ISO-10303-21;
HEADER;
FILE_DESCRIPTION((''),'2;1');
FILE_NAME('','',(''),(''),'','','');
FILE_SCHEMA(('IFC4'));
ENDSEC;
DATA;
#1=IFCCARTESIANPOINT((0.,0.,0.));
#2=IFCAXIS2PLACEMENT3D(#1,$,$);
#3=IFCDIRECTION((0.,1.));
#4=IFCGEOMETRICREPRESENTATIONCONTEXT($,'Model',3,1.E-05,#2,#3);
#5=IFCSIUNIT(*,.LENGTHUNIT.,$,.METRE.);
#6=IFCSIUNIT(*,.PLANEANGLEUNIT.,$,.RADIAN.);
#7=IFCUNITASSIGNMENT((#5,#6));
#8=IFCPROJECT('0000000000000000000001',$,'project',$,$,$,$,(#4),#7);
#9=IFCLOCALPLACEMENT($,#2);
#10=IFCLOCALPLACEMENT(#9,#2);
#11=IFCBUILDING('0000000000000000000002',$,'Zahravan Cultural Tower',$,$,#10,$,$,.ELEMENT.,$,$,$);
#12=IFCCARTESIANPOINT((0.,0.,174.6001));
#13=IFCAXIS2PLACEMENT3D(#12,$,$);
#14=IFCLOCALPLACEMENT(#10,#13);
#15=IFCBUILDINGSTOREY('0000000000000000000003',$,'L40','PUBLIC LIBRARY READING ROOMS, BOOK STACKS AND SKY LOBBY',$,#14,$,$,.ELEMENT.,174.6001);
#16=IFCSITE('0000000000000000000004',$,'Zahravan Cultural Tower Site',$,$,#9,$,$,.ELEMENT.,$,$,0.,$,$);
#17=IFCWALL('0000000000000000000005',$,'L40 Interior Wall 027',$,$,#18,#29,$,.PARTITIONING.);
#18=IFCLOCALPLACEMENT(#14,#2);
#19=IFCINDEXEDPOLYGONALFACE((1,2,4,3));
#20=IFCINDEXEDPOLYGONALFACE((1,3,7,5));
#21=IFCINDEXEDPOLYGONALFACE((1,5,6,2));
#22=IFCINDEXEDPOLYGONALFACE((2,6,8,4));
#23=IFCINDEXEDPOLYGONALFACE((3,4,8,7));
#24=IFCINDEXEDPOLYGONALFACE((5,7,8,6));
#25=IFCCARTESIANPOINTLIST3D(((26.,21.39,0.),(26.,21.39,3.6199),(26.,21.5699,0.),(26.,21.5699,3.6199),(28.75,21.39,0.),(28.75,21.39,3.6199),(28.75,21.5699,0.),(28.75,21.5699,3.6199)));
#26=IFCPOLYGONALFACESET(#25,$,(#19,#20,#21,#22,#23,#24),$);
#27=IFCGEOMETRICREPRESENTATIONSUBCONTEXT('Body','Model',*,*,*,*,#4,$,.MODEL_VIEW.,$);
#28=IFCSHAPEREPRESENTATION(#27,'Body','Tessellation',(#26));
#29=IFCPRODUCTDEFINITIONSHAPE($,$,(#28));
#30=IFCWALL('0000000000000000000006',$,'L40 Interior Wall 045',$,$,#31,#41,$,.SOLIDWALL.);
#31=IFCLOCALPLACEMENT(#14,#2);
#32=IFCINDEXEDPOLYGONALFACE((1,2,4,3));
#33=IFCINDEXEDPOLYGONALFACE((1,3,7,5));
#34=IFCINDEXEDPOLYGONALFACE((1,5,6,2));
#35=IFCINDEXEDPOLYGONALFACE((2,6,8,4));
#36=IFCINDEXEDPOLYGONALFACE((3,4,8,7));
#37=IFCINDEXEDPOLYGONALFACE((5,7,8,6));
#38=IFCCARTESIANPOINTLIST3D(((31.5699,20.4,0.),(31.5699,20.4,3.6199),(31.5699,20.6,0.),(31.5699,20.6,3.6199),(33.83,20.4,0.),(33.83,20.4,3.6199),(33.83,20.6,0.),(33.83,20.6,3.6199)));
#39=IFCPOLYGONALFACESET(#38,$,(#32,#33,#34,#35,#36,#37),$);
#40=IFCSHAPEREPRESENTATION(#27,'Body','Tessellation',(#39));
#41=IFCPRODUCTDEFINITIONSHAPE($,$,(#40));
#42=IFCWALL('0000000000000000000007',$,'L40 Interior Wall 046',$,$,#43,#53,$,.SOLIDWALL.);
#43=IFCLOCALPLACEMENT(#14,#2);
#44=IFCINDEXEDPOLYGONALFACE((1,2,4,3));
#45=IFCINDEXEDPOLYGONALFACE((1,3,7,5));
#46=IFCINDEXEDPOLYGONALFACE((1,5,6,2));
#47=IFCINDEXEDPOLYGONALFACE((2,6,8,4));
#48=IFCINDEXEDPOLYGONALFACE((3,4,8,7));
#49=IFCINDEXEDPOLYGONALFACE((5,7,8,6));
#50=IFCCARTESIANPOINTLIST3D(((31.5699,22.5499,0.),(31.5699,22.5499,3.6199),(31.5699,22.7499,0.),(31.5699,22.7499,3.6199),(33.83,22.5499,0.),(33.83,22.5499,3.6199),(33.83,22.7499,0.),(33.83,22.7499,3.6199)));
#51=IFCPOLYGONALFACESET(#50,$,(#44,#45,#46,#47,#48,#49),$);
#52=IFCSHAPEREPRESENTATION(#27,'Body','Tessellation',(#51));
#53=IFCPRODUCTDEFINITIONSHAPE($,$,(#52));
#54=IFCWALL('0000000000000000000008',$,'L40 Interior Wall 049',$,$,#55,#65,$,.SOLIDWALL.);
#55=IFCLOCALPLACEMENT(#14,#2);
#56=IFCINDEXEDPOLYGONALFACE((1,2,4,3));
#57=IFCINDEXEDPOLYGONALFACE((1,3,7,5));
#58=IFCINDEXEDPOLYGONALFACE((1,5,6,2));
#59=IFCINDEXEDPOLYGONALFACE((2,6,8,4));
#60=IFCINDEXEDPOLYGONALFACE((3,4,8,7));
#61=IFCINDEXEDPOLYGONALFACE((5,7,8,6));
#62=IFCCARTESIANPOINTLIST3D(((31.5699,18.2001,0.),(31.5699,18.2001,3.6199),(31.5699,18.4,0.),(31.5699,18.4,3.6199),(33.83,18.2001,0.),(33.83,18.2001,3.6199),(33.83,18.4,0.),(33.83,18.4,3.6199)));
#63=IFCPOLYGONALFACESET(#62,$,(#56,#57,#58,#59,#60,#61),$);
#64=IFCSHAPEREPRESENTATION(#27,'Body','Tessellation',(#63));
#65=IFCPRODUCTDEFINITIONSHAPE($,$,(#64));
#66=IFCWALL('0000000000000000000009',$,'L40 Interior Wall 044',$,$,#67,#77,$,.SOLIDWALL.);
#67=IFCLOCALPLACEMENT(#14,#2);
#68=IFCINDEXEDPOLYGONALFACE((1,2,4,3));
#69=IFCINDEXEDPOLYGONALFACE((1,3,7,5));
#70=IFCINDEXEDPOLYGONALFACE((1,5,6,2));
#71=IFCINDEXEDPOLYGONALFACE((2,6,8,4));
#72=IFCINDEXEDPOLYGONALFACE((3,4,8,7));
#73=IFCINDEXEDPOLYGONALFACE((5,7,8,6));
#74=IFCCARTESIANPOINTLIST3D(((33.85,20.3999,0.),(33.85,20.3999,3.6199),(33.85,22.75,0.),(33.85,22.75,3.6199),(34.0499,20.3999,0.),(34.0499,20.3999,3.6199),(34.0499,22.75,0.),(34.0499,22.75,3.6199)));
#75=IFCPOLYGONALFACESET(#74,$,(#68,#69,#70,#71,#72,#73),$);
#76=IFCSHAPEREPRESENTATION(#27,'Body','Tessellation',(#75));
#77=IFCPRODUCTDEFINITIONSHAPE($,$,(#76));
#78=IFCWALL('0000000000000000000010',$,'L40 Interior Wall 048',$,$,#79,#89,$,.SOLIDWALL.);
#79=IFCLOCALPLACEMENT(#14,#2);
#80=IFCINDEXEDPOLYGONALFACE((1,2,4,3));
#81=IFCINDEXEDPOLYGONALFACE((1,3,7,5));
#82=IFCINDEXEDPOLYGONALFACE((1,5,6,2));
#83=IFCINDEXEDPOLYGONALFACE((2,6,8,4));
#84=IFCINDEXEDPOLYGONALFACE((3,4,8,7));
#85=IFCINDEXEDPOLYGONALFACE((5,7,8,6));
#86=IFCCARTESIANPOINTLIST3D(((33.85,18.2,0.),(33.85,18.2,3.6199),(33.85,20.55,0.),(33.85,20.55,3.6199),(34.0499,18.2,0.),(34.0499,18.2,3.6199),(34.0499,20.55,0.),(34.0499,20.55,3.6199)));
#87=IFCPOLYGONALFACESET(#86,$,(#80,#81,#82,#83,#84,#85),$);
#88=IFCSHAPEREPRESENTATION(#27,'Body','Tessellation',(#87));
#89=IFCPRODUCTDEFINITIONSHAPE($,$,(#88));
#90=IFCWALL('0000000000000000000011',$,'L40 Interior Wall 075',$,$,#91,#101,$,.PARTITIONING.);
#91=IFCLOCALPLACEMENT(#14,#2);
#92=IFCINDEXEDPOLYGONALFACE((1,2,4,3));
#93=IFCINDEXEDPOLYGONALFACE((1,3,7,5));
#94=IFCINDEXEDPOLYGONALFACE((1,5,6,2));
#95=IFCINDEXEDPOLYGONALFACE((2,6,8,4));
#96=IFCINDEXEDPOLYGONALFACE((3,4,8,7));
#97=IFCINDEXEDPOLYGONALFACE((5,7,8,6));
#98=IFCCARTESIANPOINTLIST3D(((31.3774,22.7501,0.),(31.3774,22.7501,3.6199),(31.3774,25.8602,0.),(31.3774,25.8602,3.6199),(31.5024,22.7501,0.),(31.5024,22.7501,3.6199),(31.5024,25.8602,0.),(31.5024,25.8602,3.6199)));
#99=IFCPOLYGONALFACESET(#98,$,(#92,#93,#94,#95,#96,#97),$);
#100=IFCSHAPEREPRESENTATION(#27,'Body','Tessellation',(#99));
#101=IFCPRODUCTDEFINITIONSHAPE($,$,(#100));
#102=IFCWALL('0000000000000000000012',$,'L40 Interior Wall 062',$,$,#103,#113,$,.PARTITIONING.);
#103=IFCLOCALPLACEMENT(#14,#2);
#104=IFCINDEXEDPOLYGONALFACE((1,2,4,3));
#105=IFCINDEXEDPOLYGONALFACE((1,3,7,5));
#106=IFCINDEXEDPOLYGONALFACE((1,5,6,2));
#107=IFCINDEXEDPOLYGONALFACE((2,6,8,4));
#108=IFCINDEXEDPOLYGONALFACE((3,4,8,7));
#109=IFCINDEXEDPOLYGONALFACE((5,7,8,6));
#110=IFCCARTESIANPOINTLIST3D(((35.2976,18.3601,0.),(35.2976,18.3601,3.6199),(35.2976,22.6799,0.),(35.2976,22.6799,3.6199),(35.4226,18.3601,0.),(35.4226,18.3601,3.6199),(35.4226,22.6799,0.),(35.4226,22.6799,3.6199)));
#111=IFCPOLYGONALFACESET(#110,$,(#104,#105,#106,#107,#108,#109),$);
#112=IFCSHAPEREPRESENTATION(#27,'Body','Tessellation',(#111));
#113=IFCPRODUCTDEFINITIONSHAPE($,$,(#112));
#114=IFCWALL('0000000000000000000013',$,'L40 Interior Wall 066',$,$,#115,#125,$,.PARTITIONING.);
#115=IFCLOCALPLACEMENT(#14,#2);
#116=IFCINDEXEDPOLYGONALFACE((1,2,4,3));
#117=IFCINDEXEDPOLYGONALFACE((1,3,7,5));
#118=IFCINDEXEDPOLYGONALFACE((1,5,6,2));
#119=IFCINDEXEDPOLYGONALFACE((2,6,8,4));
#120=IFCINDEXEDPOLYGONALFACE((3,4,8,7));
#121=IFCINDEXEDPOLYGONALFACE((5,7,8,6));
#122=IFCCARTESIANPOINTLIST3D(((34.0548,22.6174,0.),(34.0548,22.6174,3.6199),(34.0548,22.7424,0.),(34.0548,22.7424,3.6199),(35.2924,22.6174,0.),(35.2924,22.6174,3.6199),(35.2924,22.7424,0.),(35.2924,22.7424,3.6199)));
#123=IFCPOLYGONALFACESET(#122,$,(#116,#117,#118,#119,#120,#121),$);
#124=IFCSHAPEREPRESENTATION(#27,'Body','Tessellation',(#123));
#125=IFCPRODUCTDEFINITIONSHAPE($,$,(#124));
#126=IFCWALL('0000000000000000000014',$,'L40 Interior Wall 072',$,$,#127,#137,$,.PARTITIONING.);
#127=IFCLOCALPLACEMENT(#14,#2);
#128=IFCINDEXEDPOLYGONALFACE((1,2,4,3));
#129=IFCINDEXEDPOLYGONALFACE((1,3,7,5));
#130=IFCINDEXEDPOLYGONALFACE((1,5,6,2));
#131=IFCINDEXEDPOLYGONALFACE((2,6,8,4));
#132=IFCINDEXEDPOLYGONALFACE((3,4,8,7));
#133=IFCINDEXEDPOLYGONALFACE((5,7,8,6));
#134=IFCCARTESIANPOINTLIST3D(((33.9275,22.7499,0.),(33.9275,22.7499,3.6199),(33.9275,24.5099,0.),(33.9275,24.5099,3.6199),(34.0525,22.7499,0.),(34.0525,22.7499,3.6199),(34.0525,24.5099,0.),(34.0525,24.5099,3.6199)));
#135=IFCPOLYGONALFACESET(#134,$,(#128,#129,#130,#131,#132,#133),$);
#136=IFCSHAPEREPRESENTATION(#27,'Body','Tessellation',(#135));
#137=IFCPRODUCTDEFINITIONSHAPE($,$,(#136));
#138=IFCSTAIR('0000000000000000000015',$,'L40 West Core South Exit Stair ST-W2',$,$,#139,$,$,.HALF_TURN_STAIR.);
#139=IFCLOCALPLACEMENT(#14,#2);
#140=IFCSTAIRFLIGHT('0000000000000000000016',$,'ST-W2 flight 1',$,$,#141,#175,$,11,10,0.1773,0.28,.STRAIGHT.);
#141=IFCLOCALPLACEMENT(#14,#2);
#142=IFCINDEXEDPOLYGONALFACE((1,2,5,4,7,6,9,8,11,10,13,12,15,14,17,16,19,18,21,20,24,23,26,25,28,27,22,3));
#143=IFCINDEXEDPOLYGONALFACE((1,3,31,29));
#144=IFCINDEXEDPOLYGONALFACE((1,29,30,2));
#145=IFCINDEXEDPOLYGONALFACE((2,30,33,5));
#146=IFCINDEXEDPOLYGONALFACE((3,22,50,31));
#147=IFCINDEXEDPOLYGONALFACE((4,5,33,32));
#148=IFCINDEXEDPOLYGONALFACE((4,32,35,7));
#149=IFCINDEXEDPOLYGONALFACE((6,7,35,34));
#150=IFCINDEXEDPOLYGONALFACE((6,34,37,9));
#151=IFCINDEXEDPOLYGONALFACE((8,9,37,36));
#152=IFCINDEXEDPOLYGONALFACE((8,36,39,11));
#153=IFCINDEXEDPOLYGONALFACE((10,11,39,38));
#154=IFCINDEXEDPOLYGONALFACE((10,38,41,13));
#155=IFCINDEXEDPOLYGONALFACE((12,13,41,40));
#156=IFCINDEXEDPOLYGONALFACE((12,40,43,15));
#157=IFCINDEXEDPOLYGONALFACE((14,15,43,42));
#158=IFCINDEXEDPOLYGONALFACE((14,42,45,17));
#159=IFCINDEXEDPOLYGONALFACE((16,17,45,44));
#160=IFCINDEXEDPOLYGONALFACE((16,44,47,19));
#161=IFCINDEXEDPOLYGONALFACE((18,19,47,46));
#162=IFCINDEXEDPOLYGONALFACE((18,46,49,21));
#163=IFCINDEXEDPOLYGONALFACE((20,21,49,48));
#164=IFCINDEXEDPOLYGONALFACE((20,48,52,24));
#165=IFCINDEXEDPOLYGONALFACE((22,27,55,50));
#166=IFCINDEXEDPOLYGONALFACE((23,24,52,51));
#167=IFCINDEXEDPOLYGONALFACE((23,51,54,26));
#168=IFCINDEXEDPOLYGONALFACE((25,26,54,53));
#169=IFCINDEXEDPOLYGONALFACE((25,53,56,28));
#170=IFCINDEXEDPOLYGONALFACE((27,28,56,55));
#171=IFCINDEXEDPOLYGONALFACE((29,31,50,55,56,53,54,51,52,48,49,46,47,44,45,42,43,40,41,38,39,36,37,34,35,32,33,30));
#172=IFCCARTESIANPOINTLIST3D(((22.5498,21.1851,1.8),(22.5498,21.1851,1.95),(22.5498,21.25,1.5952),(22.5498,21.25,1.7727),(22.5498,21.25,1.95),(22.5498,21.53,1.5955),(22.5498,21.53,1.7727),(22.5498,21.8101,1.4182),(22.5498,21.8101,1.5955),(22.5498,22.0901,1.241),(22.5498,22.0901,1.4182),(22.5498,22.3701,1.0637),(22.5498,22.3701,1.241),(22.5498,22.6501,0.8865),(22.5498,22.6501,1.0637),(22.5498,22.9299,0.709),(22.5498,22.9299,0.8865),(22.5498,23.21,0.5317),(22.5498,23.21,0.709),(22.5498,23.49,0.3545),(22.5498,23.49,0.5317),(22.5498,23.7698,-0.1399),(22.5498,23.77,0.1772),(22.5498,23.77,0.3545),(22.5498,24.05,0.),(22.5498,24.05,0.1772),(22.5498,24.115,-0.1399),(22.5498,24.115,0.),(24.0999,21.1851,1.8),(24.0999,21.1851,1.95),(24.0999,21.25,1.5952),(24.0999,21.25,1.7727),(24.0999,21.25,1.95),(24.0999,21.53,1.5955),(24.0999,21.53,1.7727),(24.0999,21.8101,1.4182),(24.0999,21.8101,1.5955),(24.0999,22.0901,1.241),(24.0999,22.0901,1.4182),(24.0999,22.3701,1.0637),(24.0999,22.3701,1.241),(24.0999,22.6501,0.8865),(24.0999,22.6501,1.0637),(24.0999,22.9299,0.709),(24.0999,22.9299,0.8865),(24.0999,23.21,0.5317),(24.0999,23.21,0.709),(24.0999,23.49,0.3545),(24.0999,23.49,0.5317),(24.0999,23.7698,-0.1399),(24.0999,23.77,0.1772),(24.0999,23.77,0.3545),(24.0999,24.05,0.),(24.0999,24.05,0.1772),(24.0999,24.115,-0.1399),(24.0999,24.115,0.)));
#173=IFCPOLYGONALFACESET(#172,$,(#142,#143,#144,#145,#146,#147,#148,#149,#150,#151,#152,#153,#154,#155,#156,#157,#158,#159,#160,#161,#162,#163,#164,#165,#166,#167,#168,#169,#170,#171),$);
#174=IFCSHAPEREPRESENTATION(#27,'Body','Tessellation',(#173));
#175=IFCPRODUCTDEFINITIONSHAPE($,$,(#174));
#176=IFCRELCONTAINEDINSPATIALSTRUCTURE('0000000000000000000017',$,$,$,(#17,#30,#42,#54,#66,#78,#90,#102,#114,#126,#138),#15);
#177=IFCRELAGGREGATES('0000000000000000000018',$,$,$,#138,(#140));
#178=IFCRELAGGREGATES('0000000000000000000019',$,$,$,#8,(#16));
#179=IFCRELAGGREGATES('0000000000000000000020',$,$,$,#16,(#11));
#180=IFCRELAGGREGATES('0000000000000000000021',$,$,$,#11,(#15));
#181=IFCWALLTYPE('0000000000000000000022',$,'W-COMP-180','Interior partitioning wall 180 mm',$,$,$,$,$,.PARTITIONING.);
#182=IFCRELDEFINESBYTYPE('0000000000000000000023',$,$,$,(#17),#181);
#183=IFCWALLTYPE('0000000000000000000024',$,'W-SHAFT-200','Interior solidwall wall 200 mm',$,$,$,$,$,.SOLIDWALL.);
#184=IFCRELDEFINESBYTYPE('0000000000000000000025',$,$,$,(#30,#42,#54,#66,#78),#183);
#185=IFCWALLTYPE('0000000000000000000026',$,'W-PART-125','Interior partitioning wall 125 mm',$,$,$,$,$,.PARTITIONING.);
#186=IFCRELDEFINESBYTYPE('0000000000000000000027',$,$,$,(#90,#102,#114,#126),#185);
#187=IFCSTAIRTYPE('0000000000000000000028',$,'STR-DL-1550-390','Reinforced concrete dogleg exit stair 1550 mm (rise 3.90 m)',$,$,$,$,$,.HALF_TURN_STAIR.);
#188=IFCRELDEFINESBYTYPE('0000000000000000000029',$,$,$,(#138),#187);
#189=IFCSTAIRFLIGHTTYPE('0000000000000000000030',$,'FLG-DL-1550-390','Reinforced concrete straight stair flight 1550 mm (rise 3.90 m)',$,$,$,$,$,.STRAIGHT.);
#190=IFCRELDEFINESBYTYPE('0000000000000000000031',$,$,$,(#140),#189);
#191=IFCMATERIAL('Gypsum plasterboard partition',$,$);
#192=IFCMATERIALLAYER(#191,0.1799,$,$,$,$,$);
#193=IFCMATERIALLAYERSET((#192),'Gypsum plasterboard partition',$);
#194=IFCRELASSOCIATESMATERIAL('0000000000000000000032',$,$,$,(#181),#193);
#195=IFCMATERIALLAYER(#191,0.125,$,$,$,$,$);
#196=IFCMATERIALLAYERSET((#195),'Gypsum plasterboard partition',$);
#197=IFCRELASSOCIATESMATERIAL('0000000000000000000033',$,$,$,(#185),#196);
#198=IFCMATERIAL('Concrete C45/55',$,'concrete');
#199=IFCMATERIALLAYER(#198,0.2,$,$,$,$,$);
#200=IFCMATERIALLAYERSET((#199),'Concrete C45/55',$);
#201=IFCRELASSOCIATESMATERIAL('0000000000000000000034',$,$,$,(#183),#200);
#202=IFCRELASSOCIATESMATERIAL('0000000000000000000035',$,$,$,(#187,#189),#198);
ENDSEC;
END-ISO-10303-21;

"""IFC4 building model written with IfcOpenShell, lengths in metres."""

from ifc_helpers import new_model, si_unit, direction, frame, frame_2d, origin, place, context, subcontext, project, spatial, polyline, rectangle, outline, extrude, source, transform, mapped, material, layer, layer_set, type_object, element, aggregate, save


model = new_model("IFC4")

# Units and contexts
model_context = context("Model", 3, precision=1e-05, world=origin(), true_north=direction((0.0, 1.0)))
body_context = subcontext(model_context, "Body", "Model", "MODEL_VIEW")
ifc_project = project(units=[si_unit("LENGTHUNIT", "METRE"), si_unit("PLANEANGLEUNIT", "RADIAN")], contexts=[model_context])

# Site, building, storey
site_placement = place(None, origin())
site = spatial("IfcSite", under=ifc_project, at=site_placement, Name="Zahravan Cultural Tower Site", CompositionType="ELEMENT", RefElevation=0.0)
building_placement = place(site_placement, origin())
building = spatial("IfcBuilding", under=site, at=building_placement, Name="Zahravan Cultural Tower", CompositionType="ELEMENT")
storey_placement = place(building_placement, frame((0.0, 0.0, 174.6001)))
storey = spatial("IfcBuildingStorey", under=building, at=storey_placement, Name="L40", Description="PUBLIC LIBRARY READING ROOMS, BOOK STACKS AND SKY LOBBY", CompositionType="ELEMENT", Elevation=174.6001)

# Shared definitions
ifc_material_1 = material(Name="Gypsum plasterboard partition")
ifc_layer_1 = layer(ifc_material_1, 0.1799)
ifc_layer_set_1 = layer_set([ifc_layer_1], Name="Gypsum plasterboard partition")
wall_type_1 = type_object("IfcWallType", Name="W-COMP-180", Description="Interior partitioning wall 180 mm", PredefinedType="PARTITIONING", material=ifc_layer_set_1)
ifc_layer_2 = layer(ifc_material_1, 0.125)
ifc_layer_set_2 = layer_set([ifc_layer_2], Name="Gypsum plasterboard partition")
wall_type_2 = type_object("IfcWallType", Name="W-PART-125", Description="Interior partitioning wall 125 mm", PredefinedType="PARTITIONING", material=ifc_layer_set_2)
ifc_material_2 = material(Name="Concrete C45/55", Category="concrete")
ifc_layer_3 = layer(ifc_material_2, 0.2)
ifc_layer_set_3 = layer_set([ifc_layer_3], Name="Concrete C45/55")
wall_type_3 = type_object("IfcWallType", Name="W-SHAFT-200", Description="Interior solidwall wall 200 mm", PredefinedType="SOLIDWALL", material=ifc_layer_set_3)

# Walls
shared_shape_1 = source(origin(), body_context, "Body", "SweptSolid", [
    extrude(rectangle(XDim=2.75, YDim=0.1799, at=frame_2d((1.375, 0.0))), origin(), (0.0, 0.0, 1.0), 3.6199),
])
wall_1_placement = place(storey_placement, frame((26.0, 21.48, 0.0), z_axis=(0.0, 0.0, 1.0), x_axis=(1.0, 0.0, 0.0)))
element("IfcWall", 1, at=wall_1_placement, inside=storey, type_object=wall_type_1, Name="L40 Interior Wall 027", PredefinedType="PARTITIONING", context=body_context, shape_type="MappedRepresentation", body=[
    mapped(shared_shape_1, transform((0.0, 0.0, 0.0), x_axis=(1.0, 0.0, 0.0), y_axis=(0.0, 1.0, 0.0), z_axis=(0.0, 0.0, 1.0), scale=1.0)),
])
shared_shape_2 = source(origin(), body_context, "Body", "SweptSolid", [
    extrude(rectangle(XDim=2.26, YDim=0.2, at=frame_2d((1.1299, 0.0))), origin(), (0.0, 0.0, 1.0), 3.6199),
])
for number, where, z_axis, x_axis, name in (
    (2, (31.5701, 20.5, 0.0), (0.0, 0.0, 1.0), (1.0, 0.0, 0.0), "L40 Interior Wall 045"),
    (3, (31.5701, 22.6499, 0.0), (0.0, 0.0, 1.0), (1.0, 0.0, 0.0), "L40 Interior Wall 046"),
    (4, (31.5701, 18.3, 0.0), (0.0, 0.0, 1.0), (1.0, 0.0, 0.0), "L40 Interior Wall 049"),
):
    element("IfcWall", number, at=place(storey_placement, frame(where, z_axis=z_axis, x_axis=x_axis)), inside=storey, type_object=wall_type_3, Name=name, PredefinedType="SOLIDWALL", context=body_context, shape_type="MappedRepresentation", body=[
        mapped(shared_shape_2, transform((0.0, 0.0, 0.0), x_axis=(1.0, 0.0, 0.0), y_axis=(0.0, 1.0, 0.0), z_axis=(0.0, 0.0, 1.0), scale=1.0)),
    ])
shared_shape_3 = source(origin(), body_context, "Body", "SweptSolid", [
    extrude(rectangle(XDim=2.3501, YDim=0.2, at=frame_2d((1.175, 0.0))), origin(), (0.0, 0.0, 1.0), 3.6199),
])
for number, where, z_axis, x_axis, name in (
    (5, (33.95, 20.3999, 0.0), (0.0, 0.0, 1.0), (0.0, 1.0, 0.0), "L40 Interior Wall 044"),
    (6, (33.95, 18.2, 0.0), (0.0, 0.0, 1.0), (0.0, 1.0, 0.0), "L40 Interior Wall 048"),
):
    element("IfcWall", number, at=place(storey_placement, frame(where, z_axis=z_axis, x_axis=x_axis)), inside=storey, type_object=wall_type_3, Name=name, PredefinedType="SOLIDWALL", context=body_context, shape_type="MappedRepresentation", body=[
        mapped(shared_shape_3, transform((0.0, 0.0, 0.0), x_axis=(1.0, 0.0, 0.0), y_axis=(0.0, 1.0, 0.0), z_axis=(0.0, 0.0, 1.0), scale=1.0)),
    ])
shared_shape_4 = source(origin(), body_context, "Body", "SweptSolid", [
    extrude(rectangle(XDim=3.1101, YDim=0.125, at=frame_2d((1.5552, 0.0))), origin(), (0.0, 0.0, 1.0), 3.6199),
])
wall_2_placement = place(storey_placement, frame((31.4399, 22.75, 0.0), z_axis=(0.0, 0.0, 1.0), x_axis=(0.0, 1.0, 0.0)))
element("IfcWall", 7, at=wall_2_placement, inside=storey, type_object=wall_type_2, Name="L40 Interior Wall 075", PredefinedType="PARTITIONING", context=body_context, shape_type="MappedRepresentation", body=[
    mapped(shared_shape_4, transform((0.0, 0.0, 0.0), x_axis=(1.0, 0.0, 0.0), y_axis=(0.0, 1.0, 0.0), z_axis=(0.0, 0.0, 1.0), scale=1.0)),
])
shared_shape_5 = source(origin(), body_context, "Body", "SweptSolid", [
    extrude(rectangle(XDim=4.3198, YDim=0.125, at=frame_2d((2.1599, 0.0))), origin(), (0.0, 0.0, 1.0), 3.6199),
])
wall_3_placement = place(storey_placement, frame((35.3601, 18.3601, 0.0), z_axis=(0.0, 0.0, 1.0), x_axis=(0.0, 1.0, 0.0)))
element("IfcWall", 8, at=wall_3_placement, inside=storey, type_object=wall_type_2, Name="L40 Interior Wall 062", PredefinedType="PARTITIONING", context=body_context, shape_type="MappedRepresentation", body=[
    mapped(shared_shape_5, transform((0.0, 0.0, 0.0), x_axis=(1.0, 0.0, 0.0), y_axis=(0.0, 1.0, 0.0), z_axis=(0.0, 0.0, 1.0), scale=1.0)),
])
shared_shape_6 = source(origin(), body_context, "Body", "SweptSolid", [
    extrude(rectangle(XDim=1.2375, YDim=0.125, at=frame_2d((0.6187, 0.0))), origin(), (0.0, 0.0, 1.0), 3.6199),
])
wall_4_placement = place(storey_placement, frame((34.0549, 22.6799, 0.0), z_axis=(0.0, 0.0, 1.0), x_axis=(1.0, 0.0, 0.0)))
element("IfcWall", 9, at=wall_4_placement, inside=storey, type_object=wall_type_2, Name="L40 Interior Wall 066", PredefinedType="PARTITIONING", context=body_context, shape_type="MappedRepresentation", body=[
    mapped(shared_shape_6, transform((0.0, 0.0, 0.0), x_axis=(1.0, 0.0, 0.0), y_axis=(0.0, 1.0, 0.0), z_axis=(0.0, 0.0, 1.0), scale=1.0)),
])
shared_shape_7 = source(origin(), body_context, "Body", "SweptSolid", [
    extrude(rectangle(XDim=1.76, YDim=0.125, at=frame_2d((0.8799, 0.0))), origin(), (0.0, 0.0, 1.0), 3.6199),
])
wall_5_placement = place(storey_placement, frame((33.99, 22.75, 0.0), z_axis=(0.0, 0.0, 1.0), x_axis=(0.0, 1.0, 0.0)))
element("IfcWall", 10, at=wall_5_placement, inside=storey, type_object=wall_type_2, Name="L40 Interior Wall 072", PredefinedType="PARTITIONING", context=body_context, shape_type="MappedRepresentation", body=[
    mapped(shared_shape_7, transform((0.0, 0.0, 0.0), x_axis=(1.0, 0.0, 0.0), y_axis=(0.0, 1.0, 0.0), z_axis=(0.0, 0.0, 1.0), scale=1.0)),
])

# Stair, stair flight
stair_type = type_object("IfcStairType", Name="STR-DL-1550-390", Description="Reinforced concrete dogleg exit stair 1550 mm (rise 3.90 m)", PredefinedType="HALF_TURN_STAIR", material=ifc_material_2)
stair_placement = place(storey_placement, origin())
stair = element("IfcStair", 11, at=stair_placement, inside=storey, type_object=stair_type, Name="L40 West Core South Exit Stair ST-W2", PredefinedType="HALF_TURN_STAIR")
stair_flight_type = type_object("IfcStairFlightType", Name="FLG-DL-1550-390", Description="Reinforced concrete straight stair flight 1550 mm (rise 3.90 m)", PredefinedType="STRAIGHT", material=ifc_material_2)
stair_flight_1_placement = place(storey_placement, frame((23.325, 24.05, 0.0), z_axis=(0.0, 0.0, 1.0), x_axis=(0.0, -1.0, 0.0)))
stair_flight_1 = element("IfcStairFlight", 12, at=stair_flight_1_placement, type_object=stair_flight_type, Name="ST-W2 flight 1", NumberOfRisers=11, NumberOfTreads=10, PredefinedType="STRAIGHT", RiserHeight=0.1773, TreadLength=0.28, context=body_context, shape_type="SweptSolid", body=[
    extrude(outline(polyline([(-0.0649, -0.1399), (-0.0649, 0.0), (0.0, 0.0), (0.0, 0.1772), (0.28, 0.1772), (0.28, 0.3545), (0.5601, 0.3545), (0.5601, 0.5317), (0.8401, 0.5317), (0.8401, 0.709), (1.1201, 0.709), (1.1201, 0.8865), (1.3999, 0.8865), (1.3999, 1.0637), (1.6799, 1.0637), (1.6799, 1.241), (1.96, 1.241), (1.96, 1.4182), (2.24, 1.4182), (2.24, 1.5955), (2.52, 1.5955), (2.52, 1.7727), (2.8, 1.7727), (2.8, 1.95), (2.865, 1.95), (2.865, 1.8), (2.8, 1.5952), (0.2803, -0.1399), (-0.0649, -0.1399)])), frame((0.0, 0.7749, 0.0), z_axis=(0.0, -1.0, 0.0), x_axis=(1.0, 0.0, 0.0)), (0.0, 0.0, 1.0), 1.55),
])
aggregate(stair, [stair_flight_1])

save(model, "model.ifc")
